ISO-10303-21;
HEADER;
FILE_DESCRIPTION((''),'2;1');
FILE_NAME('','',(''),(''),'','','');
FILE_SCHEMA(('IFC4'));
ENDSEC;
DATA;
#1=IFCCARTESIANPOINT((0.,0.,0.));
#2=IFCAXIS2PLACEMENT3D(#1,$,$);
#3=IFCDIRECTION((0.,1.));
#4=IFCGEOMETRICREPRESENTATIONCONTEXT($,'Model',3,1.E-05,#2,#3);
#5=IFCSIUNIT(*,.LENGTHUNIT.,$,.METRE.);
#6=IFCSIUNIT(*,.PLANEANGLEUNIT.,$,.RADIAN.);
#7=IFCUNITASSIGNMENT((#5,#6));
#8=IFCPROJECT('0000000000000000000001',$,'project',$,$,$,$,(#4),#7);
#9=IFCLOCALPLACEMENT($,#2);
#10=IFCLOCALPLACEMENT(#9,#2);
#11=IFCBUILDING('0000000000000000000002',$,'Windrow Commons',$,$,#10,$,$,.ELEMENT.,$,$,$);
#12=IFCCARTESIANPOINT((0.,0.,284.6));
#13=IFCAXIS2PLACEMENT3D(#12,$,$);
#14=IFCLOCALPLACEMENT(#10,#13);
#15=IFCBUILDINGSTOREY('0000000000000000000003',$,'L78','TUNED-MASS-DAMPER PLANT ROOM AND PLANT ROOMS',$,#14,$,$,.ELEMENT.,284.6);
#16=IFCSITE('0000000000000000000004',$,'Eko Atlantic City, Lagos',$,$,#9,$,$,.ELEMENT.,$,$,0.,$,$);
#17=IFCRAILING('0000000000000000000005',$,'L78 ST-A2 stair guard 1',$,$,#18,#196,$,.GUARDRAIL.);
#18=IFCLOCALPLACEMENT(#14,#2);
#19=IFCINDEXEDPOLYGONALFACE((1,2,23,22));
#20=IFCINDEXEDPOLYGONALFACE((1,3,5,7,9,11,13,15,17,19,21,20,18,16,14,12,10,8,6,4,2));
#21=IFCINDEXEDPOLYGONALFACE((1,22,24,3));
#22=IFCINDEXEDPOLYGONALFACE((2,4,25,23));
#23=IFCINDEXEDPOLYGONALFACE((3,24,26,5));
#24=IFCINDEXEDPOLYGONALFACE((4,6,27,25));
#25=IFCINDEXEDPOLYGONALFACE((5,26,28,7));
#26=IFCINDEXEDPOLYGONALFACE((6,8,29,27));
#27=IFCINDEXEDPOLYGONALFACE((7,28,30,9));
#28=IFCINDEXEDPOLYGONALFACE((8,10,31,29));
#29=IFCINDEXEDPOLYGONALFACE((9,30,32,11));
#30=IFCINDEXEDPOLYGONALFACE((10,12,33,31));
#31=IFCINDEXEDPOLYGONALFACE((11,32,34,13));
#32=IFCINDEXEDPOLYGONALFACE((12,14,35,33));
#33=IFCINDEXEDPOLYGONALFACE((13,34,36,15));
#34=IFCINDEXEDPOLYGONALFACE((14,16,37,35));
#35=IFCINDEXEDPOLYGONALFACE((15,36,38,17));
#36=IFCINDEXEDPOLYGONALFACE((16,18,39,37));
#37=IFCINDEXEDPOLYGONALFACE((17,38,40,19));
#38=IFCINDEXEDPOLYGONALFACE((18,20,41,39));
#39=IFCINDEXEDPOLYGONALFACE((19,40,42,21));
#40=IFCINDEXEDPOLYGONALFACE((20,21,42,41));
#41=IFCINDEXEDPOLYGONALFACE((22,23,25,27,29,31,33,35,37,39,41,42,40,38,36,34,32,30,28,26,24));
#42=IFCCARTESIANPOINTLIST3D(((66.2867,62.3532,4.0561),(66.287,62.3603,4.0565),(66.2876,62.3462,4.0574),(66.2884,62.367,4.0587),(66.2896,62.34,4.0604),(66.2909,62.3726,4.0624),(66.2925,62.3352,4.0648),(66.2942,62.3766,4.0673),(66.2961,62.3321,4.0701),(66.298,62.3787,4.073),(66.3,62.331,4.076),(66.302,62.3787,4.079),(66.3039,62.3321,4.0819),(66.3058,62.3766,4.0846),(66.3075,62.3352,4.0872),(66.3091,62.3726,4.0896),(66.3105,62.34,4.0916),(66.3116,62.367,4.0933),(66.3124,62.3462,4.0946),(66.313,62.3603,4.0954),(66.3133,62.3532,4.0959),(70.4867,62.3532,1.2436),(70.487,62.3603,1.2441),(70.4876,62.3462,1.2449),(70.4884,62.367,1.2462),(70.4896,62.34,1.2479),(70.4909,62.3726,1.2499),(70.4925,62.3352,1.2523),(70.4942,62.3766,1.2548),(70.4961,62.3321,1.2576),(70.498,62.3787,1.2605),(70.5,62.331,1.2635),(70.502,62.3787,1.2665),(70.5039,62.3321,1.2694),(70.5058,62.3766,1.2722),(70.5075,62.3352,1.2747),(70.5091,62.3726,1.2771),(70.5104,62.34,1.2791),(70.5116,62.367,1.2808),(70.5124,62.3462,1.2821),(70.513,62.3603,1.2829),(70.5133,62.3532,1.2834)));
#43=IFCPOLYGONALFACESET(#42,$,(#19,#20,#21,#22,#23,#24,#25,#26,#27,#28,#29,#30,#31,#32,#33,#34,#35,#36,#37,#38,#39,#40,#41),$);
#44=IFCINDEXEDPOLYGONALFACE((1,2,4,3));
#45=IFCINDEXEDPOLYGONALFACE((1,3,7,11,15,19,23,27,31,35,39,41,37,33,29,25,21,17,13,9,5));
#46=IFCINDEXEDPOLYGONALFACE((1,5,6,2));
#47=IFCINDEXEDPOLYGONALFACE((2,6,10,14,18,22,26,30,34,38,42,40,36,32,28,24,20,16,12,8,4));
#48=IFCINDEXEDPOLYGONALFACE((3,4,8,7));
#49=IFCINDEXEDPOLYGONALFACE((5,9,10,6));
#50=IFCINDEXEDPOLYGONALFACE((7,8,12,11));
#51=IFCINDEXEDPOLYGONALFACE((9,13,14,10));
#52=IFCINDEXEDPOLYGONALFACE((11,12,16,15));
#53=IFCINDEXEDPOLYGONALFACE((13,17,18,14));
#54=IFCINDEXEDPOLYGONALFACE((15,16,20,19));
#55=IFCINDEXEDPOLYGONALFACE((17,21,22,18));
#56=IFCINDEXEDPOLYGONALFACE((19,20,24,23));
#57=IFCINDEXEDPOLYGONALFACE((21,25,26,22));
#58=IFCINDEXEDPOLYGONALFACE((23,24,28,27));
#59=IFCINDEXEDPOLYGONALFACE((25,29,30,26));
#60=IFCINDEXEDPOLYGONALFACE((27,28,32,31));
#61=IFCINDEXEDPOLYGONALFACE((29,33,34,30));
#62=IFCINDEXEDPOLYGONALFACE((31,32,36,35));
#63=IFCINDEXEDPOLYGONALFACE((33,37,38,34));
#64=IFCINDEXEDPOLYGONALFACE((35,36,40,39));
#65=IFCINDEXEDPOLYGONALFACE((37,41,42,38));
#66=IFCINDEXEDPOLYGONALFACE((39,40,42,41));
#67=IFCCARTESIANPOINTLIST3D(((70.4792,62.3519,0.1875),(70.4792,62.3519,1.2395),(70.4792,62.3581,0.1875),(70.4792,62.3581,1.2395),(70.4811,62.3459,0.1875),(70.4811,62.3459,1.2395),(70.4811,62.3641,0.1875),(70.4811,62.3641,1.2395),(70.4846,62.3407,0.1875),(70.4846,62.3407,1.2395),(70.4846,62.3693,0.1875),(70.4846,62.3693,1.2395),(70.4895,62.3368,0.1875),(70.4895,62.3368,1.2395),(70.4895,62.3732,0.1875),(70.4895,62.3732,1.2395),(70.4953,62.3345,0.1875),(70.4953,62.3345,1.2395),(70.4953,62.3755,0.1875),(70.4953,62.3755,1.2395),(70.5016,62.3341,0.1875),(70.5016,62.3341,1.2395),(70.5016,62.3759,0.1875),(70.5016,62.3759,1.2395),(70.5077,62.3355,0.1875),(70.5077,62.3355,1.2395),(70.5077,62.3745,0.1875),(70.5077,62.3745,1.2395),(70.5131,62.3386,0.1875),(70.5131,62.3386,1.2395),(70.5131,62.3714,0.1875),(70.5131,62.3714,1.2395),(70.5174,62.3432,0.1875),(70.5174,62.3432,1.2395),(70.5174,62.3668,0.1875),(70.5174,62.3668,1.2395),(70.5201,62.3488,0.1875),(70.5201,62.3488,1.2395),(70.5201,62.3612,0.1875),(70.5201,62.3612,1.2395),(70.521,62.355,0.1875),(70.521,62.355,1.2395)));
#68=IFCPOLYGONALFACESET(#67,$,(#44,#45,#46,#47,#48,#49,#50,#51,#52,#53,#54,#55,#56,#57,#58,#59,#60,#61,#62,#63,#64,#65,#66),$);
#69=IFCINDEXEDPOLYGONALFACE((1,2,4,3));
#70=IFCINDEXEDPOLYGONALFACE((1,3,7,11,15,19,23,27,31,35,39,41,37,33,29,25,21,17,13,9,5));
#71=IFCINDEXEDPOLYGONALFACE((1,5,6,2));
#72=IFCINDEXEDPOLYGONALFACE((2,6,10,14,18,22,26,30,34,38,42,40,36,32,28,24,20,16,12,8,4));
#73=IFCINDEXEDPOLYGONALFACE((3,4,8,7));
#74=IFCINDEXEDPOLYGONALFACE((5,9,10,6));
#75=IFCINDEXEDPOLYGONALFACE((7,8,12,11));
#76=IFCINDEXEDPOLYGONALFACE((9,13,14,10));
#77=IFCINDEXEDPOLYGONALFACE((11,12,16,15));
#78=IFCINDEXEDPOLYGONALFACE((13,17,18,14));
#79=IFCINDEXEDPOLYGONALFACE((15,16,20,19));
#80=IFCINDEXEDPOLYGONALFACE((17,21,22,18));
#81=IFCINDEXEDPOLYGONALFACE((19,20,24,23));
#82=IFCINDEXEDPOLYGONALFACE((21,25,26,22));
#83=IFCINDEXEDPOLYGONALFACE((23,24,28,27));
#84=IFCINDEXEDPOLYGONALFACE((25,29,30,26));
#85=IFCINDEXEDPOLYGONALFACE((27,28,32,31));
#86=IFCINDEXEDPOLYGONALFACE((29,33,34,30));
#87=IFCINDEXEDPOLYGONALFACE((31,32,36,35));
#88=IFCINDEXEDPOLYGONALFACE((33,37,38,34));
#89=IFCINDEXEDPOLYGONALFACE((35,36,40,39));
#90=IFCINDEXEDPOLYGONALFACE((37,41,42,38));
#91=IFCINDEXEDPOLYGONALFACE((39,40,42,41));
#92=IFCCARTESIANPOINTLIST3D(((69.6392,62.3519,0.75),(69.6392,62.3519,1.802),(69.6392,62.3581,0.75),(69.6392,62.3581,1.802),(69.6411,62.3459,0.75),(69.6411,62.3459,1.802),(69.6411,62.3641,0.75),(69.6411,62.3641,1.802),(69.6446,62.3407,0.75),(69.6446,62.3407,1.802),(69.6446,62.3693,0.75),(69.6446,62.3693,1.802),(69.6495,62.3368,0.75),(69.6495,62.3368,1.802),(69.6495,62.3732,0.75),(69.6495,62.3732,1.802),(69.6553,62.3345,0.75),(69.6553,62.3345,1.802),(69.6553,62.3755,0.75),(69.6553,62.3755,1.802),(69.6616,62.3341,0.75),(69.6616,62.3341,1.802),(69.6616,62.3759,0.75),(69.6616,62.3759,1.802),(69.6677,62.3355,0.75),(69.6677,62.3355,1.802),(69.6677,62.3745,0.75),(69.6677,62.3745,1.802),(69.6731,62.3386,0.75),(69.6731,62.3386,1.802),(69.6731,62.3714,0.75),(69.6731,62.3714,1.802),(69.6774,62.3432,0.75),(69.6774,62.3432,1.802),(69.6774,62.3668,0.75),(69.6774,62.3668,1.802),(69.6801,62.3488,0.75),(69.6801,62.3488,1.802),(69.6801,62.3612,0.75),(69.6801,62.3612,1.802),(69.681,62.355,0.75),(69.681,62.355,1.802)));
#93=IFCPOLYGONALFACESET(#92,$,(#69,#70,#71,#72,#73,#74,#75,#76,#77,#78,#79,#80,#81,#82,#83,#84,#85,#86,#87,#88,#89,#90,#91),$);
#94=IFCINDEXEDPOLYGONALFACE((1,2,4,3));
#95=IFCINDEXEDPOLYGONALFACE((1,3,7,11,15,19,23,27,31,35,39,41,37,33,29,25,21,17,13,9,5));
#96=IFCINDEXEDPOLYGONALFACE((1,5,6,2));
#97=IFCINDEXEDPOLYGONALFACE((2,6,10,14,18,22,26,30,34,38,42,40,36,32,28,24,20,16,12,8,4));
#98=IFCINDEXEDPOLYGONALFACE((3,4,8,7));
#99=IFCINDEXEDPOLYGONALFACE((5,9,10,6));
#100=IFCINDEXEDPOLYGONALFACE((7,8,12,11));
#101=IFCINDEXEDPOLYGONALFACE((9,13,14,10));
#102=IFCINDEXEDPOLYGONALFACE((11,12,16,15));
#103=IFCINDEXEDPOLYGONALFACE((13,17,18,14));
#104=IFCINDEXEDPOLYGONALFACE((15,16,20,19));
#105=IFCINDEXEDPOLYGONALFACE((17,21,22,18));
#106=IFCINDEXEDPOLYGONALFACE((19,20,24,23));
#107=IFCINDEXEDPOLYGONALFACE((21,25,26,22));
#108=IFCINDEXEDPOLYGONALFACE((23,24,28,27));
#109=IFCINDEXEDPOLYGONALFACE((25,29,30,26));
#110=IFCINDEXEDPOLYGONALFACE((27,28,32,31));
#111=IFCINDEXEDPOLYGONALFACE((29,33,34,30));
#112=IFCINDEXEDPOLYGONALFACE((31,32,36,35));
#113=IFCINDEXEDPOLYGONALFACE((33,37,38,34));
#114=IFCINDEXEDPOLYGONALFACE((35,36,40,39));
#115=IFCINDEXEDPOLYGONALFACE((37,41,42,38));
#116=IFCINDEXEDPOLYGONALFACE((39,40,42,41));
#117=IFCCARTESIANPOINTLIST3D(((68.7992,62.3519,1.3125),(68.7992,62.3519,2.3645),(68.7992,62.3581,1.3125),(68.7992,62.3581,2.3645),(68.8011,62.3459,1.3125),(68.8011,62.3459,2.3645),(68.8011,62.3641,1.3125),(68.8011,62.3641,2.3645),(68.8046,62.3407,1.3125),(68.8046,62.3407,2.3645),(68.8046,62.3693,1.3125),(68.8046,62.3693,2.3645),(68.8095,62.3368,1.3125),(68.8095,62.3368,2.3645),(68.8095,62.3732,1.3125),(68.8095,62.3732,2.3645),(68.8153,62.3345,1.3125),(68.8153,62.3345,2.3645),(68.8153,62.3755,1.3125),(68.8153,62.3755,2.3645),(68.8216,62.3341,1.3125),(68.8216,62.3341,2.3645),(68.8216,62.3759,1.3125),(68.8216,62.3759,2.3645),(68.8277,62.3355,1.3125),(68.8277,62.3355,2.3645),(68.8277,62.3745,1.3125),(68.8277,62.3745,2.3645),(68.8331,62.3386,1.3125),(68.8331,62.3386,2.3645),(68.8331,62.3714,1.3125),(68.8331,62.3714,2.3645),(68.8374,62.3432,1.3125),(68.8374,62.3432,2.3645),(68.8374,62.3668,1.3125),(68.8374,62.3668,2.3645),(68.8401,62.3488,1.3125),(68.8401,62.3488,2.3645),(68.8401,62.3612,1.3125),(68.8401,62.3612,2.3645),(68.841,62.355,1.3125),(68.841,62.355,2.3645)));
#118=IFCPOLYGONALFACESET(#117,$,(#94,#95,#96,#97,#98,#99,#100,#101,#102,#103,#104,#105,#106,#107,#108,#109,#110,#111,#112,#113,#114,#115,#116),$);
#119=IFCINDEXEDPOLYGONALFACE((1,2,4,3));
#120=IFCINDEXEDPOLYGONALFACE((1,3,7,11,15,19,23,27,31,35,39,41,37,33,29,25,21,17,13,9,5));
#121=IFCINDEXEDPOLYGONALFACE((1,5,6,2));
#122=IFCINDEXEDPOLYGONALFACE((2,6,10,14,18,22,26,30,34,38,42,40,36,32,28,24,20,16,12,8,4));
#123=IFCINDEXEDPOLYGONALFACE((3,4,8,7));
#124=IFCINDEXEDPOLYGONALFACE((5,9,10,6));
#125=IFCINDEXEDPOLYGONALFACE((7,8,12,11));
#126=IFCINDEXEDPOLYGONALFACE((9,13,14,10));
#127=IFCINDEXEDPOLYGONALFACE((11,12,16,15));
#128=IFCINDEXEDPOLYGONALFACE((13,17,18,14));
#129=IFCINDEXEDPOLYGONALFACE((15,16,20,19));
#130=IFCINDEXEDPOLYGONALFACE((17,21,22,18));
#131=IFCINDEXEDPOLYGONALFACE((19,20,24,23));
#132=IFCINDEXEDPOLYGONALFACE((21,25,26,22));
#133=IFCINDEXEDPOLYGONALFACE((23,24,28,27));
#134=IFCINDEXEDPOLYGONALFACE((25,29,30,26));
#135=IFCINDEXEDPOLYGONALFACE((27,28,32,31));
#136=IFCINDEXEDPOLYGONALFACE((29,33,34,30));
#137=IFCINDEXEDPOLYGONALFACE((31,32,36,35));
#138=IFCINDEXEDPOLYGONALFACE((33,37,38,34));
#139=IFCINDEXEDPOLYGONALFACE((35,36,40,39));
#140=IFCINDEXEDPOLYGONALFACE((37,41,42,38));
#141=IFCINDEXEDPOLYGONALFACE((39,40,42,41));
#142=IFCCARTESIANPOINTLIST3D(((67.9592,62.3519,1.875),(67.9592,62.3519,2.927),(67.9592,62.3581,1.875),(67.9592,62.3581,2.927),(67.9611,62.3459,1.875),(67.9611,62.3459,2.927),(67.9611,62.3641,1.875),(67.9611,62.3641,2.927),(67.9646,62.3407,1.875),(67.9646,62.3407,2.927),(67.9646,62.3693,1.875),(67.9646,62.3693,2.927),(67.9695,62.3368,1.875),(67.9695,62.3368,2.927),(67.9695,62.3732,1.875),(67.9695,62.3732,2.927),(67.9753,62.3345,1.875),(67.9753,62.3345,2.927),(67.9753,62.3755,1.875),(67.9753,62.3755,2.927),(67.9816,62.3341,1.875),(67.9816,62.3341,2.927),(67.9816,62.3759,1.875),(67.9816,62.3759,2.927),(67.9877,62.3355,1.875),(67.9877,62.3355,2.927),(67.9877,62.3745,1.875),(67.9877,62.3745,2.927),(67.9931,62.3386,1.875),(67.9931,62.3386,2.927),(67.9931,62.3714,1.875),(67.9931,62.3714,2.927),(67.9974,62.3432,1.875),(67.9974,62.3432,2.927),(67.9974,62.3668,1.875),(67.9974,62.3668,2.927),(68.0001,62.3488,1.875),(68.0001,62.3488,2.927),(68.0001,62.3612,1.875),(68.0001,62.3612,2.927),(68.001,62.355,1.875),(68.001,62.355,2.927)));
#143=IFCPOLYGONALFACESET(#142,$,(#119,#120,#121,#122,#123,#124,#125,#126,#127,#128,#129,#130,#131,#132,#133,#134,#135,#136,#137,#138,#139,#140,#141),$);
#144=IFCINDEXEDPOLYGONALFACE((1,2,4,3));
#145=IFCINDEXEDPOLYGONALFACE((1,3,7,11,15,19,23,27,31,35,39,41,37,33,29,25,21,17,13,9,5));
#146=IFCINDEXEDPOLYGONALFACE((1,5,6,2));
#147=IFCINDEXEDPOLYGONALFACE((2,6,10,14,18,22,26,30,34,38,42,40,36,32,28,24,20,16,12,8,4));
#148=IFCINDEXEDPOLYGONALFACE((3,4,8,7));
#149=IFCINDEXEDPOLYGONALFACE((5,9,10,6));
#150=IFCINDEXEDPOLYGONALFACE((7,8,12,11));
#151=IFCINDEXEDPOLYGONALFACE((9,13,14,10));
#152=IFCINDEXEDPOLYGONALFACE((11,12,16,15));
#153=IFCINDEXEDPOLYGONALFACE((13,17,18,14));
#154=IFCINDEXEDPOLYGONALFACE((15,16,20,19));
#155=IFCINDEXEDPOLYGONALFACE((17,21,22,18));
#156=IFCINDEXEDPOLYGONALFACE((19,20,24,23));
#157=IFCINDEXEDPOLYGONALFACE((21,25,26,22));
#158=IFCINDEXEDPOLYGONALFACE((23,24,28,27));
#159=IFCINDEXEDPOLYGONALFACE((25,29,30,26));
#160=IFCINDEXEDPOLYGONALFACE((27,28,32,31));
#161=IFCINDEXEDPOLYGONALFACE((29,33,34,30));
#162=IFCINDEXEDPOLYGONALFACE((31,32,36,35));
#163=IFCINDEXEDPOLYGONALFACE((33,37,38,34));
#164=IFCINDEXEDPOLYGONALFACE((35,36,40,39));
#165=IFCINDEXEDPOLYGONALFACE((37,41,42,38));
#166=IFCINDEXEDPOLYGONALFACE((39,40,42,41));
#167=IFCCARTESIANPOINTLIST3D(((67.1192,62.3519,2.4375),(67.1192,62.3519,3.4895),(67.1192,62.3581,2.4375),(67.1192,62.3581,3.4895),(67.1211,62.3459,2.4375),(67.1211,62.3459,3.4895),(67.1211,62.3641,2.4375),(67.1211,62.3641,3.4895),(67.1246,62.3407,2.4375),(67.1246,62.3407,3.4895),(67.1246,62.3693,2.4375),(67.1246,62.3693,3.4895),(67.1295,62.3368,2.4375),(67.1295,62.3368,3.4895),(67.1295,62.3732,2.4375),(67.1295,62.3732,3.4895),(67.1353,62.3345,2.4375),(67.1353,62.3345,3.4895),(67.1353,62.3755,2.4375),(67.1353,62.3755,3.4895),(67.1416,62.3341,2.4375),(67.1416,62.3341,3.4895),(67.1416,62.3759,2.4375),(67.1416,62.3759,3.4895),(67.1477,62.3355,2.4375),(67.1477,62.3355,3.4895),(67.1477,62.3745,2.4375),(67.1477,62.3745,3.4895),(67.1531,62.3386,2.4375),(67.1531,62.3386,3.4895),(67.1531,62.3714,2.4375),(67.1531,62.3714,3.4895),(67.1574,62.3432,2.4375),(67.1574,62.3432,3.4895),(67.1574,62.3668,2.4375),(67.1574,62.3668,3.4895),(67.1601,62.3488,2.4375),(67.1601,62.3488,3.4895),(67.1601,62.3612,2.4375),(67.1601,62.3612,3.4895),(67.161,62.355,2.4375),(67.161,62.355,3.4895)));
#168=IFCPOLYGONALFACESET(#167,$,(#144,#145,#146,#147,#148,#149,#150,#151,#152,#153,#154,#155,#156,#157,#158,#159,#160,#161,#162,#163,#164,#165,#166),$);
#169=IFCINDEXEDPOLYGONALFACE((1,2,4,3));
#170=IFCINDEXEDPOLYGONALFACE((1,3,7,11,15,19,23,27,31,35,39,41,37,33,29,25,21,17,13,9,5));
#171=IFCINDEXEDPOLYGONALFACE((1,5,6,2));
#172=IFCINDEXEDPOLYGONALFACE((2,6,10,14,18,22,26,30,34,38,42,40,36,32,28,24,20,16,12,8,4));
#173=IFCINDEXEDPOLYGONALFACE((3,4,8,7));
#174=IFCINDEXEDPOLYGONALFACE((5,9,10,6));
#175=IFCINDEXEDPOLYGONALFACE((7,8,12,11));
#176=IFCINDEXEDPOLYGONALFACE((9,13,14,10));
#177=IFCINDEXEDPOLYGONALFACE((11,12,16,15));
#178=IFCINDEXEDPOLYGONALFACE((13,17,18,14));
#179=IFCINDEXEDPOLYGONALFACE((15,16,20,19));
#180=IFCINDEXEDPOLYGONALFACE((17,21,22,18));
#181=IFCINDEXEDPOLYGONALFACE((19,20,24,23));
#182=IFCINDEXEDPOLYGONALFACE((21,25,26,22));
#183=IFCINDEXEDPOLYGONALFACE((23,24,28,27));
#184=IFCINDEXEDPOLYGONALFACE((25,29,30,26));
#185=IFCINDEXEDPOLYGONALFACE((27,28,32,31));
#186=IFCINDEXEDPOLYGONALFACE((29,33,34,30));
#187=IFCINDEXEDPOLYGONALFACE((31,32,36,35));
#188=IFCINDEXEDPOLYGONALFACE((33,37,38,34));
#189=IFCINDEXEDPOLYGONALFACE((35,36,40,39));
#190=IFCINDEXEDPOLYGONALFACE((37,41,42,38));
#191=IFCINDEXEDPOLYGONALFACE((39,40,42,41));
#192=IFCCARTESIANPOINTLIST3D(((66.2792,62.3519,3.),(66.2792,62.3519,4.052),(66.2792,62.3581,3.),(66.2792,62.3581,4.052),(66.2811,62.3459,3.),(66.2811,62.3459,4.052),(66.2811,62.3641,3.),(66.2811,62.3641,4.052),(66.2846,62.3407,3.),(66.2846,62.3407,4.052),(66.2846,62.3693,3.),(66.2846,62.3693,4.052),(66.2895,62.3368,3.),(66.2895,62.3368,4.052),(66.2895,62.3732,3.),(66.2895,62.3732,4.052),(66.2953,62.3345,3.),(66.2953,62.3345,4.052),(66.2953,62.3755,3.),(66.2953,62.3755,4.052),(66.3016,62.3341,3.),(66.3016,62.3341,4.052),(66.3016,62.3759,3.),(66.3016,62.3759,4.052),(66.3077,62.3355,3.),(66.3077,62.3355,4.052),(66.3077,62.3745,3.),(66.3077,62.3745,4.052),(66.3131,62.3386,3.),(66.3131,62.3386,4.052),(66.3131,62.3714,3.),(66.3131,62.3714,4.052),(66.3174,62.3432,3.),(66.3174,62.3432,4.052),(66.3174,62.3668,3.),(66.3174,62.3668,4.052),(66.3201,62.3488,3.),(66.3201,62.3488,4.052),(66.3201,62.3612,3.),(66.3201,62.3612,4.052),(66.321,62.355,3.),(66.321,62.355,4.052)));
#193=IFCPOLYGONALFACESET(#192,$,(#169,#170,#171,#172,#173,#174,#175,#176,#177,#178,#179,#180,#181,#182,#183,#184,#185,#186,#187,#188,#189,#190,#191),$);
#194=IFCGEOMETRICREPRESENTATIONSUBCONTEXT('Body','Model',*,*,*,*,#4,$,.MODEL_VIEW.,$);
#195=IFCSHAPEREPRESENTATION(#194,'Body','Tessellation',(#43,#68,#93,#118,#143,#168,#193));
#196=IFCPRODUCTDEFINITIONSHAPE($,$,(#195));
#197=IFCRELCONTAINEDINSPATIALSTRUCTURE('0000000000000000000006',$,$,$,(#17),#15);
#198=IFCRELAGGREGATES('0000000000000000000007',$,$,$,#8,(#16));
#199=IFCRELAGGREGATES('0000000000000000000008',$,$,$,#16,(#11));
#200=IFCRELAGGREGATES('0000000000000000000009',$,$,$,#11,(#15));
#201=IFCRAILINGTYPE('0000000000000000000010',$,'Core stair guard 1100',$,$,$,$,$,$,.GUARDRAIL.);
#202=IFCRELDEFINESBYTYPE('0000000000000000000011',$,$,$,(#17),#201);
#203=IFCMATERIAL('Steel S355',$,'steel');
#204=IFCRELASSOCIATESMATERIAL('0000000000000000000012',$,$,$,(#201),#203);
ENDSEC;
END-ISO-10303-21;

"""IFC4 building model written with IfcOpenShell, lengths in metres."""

from ifc_helpers import new_model, si_unit, direction, frame, origin, origin_2d, place, context, subcontext, project, spatial, circle, extrude, material, type_object, element, save


model = new_model("IFC4")

# Units and contexts
model_context = context("Model", 3, precision=1e-05, world=origin(), true_north=direction((0.0, 1.0)))
body_context = subcontext(model_context, "Body", "Model", "MODEL_VIEW")
ifc_project = project(units=[si_unit("LENGTHUNIT", "METRE"), si_unit("PLANEANGLEUNIT", "RADIAN")], contexts=[model_context])

# Site, building, storey
site_placement = place(None, origin())
site = spatial("IfcSite", under=ifc_project, at=site_placement, Name="Eko Atlantic City, Lagos", CompositionType="ELEMENT", RefElevation=0.0)
building_placement = place(site_placement, origin())
building = spatial("IfcBuilding", under=site, at=building_placement, Name="Windrow Commons", CompositionType="ELEMENT")
storey_placement = place(building_placement, frame((0.0, 0.0, 284.6)))
storey = spatial("IfcBuildingStorey", under=building, at=storey_placement, Name="L78", Description="TUNED-MASS-DAMPER PLANT ROOM AND PLANT ROOMS", CompositionType="ELEMENT", Elevation=284.6)

# Railing
ifc_material_1 = material(Name="Steel S355", Category="steel")
railing_type_1 = type_object("IfcRailingType", Name="Core stair guard 1100", PredefinedType="GUARDRAIL", material=ifc_material_1)
railing_1_placement = place(storey_placement, frame((70.5, 62.355, 0.1875)))
element("IfcRailing", 1, at=railing_1_placement, inside=storey, type_object=railing_type_1, Name="L78 ST-A2 stair guard 1", PredefinedType="GUARDRAIL", context=body_context, shape_type="SweptSolid", body=[
    extrude(circle(Radius=0.024, at=origin_2d()), frame((0.0, 0.0, 1.076), z_axis=(-0.830907, 0.0, 0.556411), x_axis=(0.0, -1.0, 0.0)), (0.0, 0.0, 1.0), 5.0547),
    extrude(circle(Radius=0.021, at=origin_2d()), origin(), (0.0, 0.0, 1.0), 1.052),
    extrude(circle(Radius=0.021, at=origin_2d()), frame((-0.84, 0.0, 0.5625)), (0.0, 0.0, 1.0), 1.052),
    extrude(circle(Radius=0.021, at=origin_2d()), frame((-1.68, 0.0, 1.125)), (0.0, 0.0, 1.0), 1.052),
    extrude(circle(Radius=0.021, at=origin_2d()), frame((-2.52, 0.0, 1.6875)), (0.0, 0.0, 1.0), 1.052),
    extrude(circle(Radius=0.021, at=origin_2d()), frame((-3.36, 0.0, 2.25)), (0.0, 0.0, 1.0), 1.052),
    extrude(circle(Radius=0.021, at=origin_2d()), frame((-4.2, 0.0, 2.8125)), (0.0, 0.0, 1.0), 1.052),
])

save(model, "model.ifc")
